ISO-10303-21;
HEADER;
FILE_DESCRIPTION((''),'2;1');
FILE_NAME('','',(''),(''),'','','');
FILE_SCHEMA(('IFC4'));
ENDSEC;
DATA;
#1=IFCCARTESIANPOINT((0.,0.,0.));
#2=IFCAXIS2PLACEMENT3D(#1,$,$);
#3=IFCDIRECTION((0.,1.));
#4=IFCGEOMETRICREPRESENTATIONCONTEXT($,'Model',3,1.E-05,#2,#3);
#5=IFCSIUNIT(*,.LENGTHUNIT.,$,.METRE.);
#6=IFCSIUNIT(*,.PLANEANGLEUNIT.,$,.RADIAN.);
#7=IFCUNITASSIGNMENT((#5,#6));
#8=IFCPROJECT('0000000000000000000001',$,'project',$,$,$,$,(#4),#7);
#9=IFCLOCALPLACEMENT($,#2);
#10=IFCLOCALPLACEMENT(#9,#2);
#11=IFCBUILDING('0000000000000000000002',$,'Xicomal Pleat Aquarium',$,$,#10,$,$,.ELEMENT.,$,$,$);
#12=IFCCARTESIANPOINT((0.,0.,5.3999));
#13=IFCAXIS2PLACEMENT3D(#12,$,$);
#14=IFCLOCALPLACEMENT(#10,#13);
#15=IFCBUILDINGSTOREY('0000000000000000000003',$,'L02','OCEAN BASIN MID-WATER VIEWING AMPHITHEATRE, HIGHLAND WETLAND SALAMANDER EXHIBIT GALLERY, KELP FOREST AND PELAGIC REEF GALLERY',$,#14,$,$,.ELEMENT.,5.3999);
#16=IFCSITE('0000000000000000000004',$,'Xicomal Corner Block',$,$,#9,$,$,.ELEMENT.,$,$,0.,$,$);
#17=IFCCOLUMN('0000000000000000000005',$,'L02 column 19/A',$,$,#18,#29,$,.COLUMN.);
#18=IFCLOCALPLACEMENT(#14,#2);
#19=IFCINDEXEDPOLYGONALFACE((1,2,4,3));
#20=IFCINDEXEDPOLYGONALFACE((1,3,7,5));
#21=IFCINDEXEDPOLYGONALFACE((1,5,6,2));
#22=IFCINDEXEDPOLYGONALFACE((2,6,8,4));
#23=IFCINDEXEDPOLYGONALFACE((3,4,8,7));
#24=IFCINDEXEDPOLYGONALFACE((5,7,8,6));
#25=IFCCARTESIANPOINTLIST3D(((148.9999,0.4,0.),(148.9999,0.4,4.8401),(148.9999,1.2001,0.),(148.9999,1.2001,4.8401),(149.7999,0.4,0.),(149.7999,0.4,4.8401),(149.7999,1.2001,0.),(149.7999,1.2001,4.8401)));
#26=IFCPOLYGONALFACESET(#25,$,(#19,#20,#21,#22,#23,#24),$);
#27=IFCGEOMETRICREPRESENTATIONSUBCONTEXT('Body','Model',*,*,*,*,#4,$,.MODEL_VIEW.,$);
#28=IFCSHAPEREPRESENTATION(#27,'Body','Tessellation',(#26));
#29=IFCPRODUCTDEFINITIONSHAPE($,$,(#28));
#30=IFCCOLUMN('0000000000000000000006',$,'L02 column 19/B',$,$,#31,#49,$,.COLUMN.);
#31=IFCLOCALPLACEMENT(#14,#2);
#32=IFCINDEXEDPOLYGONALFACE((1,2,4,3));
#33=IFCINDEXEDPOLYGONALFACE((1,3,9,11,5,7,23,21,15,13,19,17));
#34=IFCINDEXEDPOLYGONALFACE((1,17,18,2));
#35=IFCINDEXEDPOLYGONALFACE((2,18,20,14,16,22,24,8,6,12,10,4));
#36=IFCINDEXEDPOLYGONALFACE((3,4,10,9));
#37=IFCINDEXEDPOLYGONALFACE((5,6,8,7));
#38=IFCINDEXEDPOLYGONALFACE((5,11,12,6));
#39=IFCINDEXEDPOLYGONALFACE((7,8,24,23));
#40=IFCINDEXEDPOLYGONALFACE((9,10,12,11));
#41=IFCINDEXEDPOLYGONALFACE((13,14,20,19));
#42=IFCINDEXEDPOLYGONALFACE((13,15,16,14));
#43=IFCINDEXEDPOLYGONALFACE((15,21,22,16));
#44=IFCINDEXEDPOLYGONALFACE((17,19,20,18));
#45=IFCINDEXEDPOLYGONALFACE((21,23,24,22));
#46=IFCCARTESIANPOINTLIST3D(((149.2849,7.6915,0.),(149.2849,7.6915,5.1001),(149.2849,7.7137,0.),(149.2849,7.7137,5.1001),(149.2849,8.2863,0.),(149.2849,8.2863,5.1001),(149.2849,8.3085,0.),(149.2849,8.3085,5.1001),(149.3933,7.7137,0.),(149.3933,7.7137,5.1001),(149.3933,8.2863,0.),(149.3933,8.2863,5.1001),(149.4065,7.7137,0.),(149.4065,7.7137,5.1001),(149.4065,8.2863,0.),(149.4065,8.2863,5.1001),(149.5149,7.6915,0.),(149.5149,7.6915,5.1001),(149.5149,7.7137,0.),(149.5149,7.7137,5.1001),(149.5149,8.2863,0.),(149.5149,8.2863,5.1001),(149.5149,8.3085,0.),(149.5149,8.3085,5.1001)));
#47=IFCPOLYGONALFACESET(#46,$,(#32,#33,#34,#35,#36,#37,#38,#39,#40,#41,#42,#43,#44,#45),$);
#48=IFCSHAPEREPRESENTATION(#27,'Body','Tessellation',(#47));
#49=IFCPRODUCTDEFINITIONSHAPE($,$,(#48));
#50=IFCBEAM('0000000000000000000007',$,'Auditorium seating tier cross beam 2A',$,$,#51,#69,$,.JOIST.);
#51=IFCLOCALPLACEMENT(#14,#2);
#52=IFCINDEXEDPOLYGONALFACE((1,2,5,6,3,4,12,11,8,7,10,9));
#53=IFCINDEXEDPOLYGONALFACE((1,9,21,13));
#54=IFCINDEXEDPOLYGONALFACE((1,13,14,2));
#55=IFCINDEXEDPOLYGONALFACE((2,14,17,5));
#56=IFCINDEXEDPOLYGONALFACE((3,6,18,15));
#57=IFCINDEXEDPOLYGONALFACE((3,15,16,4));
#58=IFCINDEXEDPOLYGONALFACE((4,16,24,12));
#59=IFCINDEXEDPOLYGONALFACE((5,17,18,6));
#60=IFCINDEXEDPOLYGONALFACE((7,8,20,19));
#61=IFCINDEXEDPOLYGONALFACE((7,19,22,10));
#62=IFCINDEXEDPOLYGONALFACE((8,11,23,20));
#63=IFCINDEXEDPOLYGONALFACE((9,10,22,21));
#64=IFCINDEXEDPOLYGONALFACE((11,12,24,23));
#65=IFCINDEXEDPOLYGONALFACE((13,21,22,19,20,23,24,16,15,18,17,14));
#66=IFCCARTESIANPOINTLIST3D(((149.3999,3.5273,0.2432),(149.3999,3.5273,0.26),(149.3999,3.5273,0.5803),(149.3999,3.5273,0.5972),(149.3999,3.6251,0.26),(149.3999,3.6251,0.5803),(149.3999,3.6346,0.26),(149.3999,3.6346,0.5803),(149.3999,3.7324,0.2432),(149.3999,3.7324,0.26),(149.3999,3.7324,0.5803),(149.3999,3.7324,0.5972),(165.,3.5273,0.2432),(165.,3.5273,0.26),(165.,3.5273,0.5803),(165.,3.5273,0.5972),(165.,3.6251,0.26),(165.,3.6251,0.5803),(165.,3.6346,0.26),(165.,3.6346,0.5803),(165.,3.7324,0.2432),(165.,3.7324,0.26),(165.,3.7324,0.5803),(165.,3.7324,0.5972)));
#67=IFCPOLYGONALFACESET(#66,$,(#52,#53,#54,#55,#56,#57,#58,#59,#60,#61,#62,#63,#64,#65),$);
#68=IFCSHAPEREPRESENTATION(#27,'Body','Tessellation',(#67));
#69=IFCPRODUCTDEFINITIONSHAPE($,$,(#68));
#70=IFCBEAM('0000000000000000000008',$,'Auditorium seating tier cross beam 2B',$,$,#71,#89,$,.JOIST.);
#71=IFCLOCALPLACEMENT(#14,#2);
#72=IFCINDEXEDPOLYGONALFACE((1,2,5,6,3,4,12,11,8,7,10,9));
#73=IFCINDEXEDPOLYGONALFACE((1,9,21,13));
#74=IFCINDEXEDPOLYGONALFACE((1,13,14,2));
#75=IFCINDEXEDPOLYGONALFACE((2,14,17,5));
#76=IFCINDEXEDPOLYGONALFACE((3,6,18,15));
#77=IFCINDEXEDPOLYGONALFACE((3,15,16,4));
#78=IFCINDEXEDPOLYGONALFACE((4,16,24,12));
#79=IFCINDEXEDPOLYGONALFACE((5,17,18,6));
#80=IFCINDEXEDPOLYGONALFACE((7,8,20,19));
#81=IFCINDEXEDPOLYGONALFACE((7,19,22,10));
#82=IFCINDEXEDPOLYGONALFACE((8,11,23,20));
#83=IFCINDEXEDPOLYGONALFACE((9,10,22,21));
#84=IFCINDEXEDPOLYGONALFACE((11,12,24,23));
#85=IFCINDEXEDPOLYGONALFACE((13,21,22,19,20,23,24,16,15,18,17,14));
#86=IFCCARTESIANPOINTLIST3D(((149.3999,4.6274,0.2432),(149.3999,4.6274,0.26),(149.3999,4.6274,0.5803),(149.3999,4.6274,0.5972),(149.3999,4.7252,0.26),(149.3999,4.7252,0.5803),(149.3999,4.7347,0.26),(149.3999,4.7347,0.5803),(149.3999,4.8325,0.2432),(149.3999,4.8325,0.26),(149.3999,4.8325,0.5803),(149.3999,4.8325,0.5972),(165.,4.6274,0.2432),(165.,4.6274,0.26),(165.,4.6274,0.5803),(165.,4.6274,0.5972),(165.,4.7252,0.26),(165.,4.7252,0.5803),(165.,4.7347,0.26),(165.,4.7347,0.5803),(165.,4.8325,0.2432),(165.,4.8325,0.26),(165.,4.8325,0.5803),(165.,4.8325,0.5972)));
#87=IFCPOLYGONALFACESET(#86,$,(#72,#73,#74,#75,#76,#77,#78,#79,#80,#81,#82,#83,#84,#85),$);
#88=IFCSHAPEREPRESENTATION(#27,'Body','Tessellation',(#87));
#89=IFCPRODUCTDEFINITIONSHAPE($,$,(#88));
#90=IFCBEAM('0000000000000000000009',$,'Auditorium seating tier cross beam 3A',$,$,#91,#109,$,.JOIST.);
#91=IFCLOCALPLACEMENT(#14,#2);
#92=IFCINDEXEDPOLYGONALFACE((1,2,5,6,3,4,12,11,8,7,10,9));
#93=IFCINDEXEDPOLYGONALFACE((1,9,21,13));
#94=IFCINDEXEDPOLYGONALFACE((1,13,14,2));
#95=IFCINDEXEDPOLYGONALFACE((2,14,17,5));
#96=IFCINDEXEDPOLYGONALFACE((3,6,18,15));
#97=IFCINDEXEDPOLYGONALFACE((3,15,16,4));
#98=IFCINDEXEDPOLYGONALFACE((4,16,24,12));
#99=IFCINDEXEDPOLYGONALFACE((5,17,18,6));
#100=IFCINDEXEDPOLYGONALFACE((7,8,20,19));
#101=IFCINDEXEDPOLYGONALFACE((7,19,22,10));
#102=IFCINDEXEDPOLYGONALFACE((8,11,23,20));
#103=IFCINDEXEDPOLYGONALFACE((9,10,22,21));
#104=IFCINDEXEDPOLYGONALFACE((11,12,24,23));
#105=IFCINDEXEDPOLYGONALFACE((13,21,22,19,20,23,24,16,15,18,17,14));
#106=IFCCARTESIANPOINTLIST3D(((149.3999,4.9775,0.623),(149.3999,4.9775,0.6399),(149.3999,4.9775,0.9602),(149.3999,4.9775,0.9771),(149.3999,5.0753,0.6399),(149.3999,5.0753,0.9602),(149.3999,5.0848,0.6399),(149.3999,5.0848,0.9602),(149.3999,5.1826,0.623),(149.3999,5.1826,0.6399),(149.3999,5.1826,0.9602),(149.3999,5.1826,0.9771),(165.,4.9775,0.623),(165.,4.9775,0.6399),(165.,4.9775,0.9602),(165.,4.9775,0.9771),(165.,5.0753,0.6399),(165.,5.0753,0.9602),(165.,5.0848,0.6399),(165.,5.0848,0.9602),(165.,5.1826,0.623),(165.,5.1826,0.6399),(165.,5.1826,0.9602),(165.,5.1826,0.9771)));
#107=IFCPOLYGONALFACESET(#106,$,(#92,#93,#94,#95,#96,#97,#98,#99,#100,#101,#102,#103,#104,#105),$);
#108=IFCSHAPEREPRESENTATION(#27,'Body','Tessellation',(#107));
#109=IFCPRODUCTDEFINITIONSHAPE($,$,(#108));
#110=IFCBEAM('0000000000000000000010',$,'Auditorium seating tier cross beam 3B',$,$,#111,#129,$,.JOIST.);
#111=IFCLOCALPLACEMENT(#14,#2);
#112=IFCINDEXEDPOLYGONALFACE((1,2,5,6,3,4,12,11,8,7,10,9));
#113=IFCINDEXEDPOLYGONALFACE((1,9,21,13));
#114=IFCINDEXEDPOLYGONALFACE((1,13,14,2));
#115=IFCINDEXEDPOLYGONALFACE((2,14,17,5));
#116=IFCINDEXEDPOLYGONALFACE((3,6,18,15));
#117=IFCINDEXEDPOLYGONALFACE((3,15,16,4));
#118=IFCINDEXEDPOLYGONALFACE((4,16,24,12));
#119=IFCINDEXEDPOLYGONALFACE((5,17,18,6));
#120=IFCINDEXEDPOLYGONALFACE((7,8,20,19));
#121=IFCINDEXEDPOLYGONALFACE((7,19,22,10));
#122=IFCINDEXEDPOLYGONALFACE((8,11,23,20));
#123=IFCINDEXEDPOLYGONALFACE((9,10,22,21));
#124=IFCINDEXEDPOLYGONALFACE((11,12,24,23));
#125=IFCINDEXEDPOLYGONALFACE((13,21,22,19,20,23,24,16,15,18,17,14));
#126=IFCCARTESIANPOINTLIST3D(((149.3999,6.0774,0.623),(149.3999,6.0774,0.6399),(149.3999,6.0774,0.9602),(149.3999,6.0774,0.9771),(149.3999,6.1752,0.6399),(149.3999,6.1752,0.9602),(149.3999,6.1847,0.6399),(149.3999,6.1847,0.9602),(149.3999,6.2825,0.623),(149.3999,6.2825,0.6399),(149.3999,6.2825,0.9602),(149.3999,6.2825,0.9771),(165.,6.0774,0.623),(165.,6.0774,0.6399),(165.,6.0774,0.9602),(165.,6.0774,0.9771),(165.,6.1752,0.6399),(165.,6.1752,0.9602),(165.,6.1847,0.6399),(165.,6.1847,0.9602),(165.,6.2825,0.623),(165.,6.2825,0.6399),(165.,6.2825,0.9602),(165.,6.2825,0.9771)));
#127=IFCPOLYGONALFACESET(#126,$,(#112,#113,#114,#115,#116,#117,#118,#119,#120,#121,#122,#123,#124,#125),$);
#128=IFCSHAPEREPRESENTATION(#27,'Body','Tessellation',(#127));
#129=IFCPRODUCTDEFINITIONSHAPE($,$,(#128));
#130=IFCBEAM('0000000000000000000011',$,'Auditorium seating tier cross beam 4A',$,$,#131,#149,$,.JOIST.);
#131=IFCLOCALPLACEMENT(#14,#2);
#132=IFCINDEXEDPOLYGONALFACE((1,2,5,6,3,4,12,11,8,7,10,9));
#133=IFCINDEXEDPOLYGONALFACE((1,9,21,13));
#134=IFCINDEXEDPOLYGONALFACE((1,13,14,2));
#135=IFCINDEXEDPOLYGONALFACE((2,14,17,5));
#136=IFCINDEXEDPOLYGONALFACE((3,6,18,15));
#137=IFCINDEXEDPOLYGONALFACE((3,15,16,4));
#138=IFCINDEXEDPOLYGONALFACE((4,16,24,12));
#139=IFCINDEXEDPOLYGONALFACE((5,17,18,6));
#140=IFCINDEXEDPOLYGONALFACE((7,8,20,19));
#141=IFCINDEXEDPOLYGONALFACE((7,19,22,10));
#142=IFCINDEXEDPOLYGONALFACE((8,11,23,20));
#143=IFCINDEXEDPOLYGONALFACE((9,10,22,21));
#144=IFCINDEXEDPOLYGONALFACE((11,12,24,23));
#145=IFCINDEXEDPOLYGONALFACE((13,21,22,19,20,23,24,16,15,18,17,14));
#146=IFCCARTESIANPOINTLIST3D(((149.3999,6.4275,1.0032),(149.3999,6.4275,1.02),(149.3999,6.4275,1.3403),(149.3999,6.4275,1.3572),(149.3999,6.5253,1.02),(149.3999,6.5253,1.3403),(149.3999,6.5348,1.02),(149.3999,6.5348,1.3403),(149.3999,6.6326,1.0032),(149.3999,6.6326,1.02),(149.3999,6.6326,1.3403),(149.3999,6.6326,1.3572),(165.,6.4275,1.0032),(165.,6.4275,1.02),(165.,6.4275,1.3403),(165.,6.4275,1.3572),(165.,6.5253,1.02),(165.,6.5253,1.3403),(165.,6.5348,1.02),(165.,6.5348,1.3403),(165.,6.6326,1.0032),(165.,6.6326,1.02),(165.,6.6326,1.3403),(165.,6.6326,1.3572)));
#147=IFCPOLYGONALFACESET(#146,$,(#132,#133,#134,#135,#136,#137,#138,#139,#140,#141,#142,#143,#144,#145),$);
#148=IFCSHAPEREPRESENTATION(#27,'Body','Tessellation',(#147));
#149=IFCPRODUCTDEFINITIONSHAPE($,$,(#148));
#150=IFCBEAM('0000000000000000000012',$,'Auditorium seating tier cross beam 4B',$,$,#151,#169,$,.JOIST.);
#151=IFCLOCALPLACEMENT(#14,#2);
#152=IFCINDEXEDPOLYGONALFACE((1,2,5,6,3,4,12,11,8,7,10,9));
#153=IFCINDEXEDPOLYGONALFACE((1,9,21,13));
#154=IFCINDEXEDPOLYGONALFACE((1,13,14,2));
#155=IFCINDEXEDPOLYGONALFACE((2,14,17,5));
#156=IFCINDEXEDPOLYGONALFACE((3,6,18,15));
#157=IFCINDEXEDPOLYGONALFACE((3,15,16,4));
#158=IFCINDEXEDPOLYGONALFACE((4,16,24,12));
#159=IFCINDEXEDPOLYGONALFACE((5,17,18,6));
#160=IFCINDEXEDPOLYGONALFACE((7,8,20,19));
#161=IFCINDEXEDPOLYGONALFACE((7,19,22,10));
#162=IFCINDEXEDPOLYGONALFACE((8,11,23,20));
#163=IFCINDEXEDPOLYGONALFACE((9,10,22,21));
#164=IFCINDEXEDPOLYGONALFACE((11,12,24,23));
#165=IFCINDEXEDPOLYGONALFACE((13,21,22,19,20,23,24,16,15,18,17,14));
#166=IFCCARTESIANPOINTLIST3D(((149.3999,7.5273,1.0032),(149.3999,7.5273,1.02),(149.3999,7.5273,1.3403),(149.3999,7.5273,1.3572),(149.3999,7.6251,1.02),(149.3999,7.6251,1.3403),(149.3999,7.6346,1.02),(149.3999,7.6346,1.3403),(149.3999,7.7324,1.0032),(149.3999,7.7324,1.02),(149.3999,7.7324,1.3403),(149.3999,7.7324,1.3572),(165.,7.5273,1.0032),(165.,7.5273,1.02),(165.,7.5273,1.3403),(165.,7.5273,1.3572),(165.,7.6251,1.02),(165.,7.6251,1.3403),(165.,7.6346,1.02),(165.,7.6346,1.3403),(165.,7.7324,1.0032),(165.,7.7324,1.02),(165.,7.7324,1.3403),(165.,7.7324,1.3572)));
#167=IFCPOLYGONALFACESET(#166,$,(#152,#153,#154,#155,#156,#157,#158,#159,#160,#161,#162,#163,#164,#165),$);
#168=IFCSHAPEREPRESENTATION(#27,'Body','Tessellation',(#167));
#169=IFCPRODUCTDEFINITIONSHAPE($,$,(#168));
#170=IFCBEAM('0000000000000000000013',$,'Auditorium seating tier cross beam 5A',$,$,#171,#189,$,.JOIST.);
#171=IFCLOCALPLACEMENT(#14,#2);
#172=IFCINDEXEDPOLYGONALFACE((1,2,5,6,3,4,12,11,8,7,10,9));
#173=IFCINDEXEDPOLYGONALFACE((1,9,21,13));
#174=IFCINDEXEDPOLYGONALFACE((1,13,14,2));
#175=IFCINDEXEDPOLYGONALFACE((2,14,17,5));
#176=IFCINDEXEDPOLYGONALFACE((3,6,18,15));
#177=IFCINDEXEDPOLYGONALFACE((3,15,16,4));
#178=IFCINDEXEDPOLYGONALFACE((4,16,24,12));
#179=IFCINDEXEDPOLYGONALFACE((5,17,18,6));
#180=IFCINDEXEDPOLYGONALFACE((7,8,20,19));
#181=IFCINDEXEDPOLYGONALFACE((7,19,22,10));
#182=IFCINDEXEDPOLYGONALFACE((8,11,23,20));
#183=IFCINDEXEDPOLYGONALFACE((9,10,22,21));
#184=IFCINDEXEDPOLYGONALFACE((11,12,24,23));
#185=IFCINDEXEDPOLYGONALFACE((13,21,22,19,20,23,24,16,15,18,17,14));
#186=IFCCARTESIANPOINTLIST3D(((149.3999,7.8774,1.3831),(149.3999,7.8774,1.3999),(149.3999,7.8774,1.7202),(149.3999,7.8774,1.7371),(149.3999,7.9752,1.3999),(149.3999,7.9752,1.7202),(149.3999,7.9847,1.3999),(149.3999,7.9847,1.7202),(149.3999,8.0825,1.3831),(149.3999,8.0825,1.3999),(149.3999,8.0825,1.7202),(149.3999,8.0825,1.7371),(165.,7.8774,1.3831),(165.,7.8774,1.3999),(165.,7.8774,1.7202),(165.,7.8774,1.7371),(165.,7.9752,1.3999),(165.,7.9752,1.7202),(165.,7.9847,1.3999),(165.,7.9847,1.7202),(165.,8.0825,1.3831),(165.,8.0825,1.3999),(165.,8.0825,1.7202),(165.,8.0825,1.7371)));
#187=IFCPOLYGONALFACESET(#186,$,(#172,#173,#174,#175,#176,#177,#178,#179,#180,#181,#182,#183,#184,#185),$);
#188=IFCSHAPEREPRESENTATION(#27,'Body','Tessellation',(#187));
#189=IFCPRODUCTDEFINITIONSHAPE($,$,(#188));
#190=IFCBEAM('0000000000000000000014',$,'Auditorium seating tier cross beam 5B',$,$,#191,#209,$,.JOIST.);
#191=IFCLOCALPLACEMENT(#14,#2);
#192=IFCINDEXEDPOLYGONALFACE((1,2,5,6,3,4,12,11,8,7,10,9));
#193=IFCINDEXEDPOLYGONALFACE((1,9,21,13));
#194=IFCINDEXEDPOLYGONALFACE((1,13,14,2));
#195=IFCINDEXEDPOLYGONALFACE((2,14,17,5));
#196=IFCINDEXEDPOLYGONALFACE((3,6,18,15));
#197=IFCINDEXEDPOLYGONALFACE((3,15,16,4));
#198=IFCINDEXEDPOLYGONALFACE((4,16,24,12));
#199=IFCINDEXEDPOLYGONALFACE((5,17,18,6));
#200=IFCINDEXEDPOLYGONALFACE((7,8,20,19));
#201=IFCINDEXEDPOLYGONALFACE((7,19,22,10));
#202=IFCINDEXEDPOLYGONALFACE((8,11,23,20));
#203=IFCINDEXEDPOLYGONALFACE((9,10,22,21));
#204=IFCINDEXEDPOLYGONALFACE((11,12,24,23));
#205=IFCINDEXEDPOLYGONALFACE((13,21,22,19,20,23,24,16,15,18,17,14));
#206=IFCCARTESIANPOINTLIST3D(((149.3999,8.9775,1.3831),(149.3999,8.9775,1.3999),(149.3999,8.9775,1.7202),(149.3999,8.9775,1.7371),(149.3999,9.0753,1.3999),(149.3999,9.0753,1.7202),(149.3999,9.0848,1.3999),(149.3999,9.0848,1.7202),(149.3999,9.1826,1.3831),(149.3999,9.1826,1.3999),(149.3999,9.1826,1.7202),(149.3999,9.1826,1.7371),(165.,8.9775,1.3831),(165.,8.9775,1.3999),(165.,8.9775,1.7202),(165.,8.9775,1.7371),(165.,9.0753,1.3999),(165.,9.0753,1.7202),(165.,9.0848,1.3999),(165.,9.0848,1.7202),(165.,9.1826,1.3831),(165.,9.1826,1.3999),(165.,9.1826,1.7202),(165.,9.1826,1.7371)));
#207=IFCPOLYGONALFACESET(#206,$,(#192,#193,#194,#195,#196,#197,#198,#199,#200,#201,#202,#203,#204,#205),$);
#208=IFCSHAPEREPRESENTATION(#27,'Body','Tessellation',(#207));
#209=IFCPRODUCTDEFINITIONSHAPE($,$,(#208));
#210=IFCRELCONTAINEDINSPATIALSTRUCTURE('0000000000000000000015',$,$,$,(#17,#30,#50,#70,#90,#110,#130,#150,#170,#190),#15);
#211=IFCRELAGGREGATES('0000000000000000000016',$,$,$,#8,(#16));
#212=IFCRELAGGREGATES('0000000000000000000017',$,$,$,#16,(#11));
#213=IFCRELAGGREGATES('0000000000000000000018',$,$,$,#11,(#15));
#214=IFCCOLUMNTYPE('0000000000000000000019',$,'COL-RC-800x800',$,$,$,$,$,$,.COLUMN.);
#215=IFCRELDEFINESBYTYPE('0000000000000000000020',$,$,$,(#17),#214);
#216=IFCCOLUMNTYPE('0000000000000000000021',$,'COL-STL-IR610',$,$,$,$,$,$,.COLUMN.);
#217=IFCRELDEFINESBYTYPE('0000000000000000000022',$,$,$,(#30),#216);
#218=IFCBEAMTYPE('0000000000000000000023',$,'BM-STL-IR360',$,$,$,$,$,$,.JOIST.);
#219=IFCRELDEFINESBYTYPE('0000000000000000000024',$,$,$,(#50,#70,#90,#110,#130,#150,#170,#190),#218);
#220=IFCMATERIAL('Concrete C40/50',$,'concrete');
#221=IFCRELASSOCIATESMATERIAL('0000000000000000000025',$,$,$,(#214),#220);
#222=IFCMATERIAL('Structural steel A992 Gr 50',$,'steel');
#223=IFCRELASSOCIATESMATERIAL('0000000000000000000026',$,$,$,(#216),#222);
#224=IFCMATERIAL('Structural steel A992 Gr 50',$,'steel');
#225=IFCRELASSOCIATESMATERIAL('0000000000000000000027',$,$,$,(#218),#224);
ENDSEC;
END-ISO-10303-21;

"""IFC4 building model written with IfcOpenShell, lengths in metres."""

from ifc_helpers import new_model, si_unit, direction, frame, origin, origin_2d, place, context, subcontext, project, spatial, rectangle, i_section, extrude, material, material_profile, profile_set, type_object, element, save


model = new_model("IFC4")

# Units and contexts
model_context = context("Model", 3, precision=1e-05, world=origin(), true_north=direction((0.0, 1.0)))
body_context = subcontext(model_context, "Body", "Model", "MODEL_VIEW")
ifc_project = project(units=[si_unit("LENGTHUNIT", "METRE"), si_unit("PLANEANGLEUNIT", "RADIAN")], contexts=[model_context])

# Site, building, storey
site_placement = place(None, origin())
site = spatial("IfcSite", under=ifc_project, at=site_placement, Name="Xicomal Corner Block", CompositionType="ELEMENT", RefElevation=0.0)
building_placement = place(site_placement, origin())
building = spatial("IfcBuilding", under=site, at=building_placement, Name="Xicomal Pleat Aquarium", CompositionType="ELEMENT")
storey_placement = place(building_placement, frame((0.0, 0.0, 5.3999)))
storey = spatial("IfcBuildingStorey", under=building, at=storey_placement, Name="L02", Description="OCEAN BASIN MID-WATER VIEWING AMPHITHEATRE, HIGHLAND WETLAND SALAMANDER EXHIBIT GALLERY, KELP FOREST AND PELAGIC REEF GALLERY", CompositionType="ELEMENT", Elevation=5.3999)

# Columns
ifc_material_1 = material(Name="Concrete C40/50", Category="concrete")
ifc_material_profile_1 = material_profile(ifc_material_1, rectangle(XDim=0.8, YDim=0.8, at=origin_2d()), Name="RC 800x800")
ifc_profile_set_1 = profile_set([ifc_material_profile_1], Name="Concrete C40/50")
column_type_1 = type_object("IfcColumnType", Name="COL-RC-800x800", PredefinedType="COLUMN", material=ifc_profile_set_1)
column_1_placement = place(storey_placement, frame((149.3999, 0.8, 0.0), z_axis=(0.0, 0.0, 1.0), x_axis=(1.0, 0.0, 0.0)))
element("IfcColumn", 1, at=column_1_placement, inside=storey, type_object=column_type_1, Name="L02 column 19/A", PredefinedType="COLUMN", context=body_context, shape_type="SweptSolid", body=[
    extrude(rectangle(XDim=0.8, YDim=0.8, at=origin_2d()), origin(), (0.0, 0.0, 1.0), 4.8401),
])
ifc_material_2 = material(Name="Structural steel A992 Gr 50", Category="steel")
ifc_material_profile_2 = material_profile(ifc_material_2, i_section(OverallWidth=0.23, OverallDepth=0.6169, WebThickness=0.0132, FlangeThickness=0.0222, at=origin_2d()), Name="IR 610x140")
ifc_profile_set_2 = profile_set([ifc_material_profile_2], Name="Structural steel A992 Gr 50")
column_type_2 = type_object("IfcColumnType", Name="COL-STL-IR610", PredefinedType="COLUMN", material=ifc_profile_set_2)
column_2_placement = place(storey_placement, frame((149.3999, 8.0, 0.0), z_axis=(0.0, 0.0, 1.0), x_axis=(1.0, 0.0, 0.0)))
element("IfcColumn", 2, at=column_2_placement, inside=storey, type_object=column_type_2, Name="L02 column 19/B", PredefinedType="COLUMN", context=body_context, shape_type="SweptSolid", body=[
    extrude(i_section(OverallWidth=0.23, OverallDepth=0.6169, WebThickness=0.0132, FlangeThickness=0.0222, at=origin_2d()), origin(), (0.0, 0.0, 1.0), 5.1001),
])

# Beams
ifc_material_3 = material(Name="Structural steel A992 Gr 50", Category="steel")
ifc_material_profile_3 = material_profile(ifc_material_3, i_section(OverallWidth=0.2051, OverallDepth=0.354, WebThickness=0.0095, FlangeThickness=0.0168, at=origin_2d()), Name="IR 360x79")
ifc_profile_set_3 = profile_set([ifc_material_profile_3], Name="Structural steel A992 Gr 50")
beam_type_1 = type_object("IfcBeamType", Name="BM-STL-IR360", PredefinedType="JOIST", material=ifc_profile_set_3)
for number, where, z_axis, x_axis, name in (
    (3, (149.3999, 3.6299, 0.4202), (1.0, 0.0, 0.0), (0.0, 1.0, 0.0), "Auditorium seating tier cross beam 2A"),
    (4, (149.3999, 4.73, 0.4202), (1.0, 0.0, 0.0), (0.0, 1.0, 0.0), "Auditorium seating tier cross beam 2B"),
    (5, (149.3999, 5.0801, 0.8), (1.0, 0.0, 0.0), (0.0, 1.0, 0.0), "Auditorium seating tier cross beam 3A"),
    (6, (149.3999, 6.1799, 0.8), (1.0, 0.0, 0.0), (0.0, 1.0, 0.0), "Auditorium seating tier cross beam 3B"),
    (7, (149.3999, 6.53, 1.1802), (1.0, 0.0, 0.0), (0.0, 1.0, 0.0), "Auditorium seating tier cross beam 4A"),
    (8, (149.3999, 7.6299, 1.1802), (1.0, 0.0, 0.0), (0.0, 1.0, 0.0), "Auditorium seating tier cross beam 4B"),
    (9, (149.3999, 7.98, 1.5601), (1.0, 0.0, 0.0), (0.0, 1.0, 0.0), "Auditorium seating tier cross beam 5A"),
    (10, (149.3999, 9.0801, 1.5601), (1.0, 0.0, 0.0), (0.0, 1.0, 0.0), "Auditorium seating tier cross beam 5B"),
):
    element("IfcBeam", number, at=place(storey_placement, frame(where, z_axis=z_axis, x_axis=x_axis)), inside=storey, type_object=beam_type_1, Name=name, PredefinedType="JOIST", context=body_context, shape_type="SweptSolid", body=[
        extrude(i_section(OverallWidth=0.2051, OverallDepth=0.354, WebThickness=0.0095, FlangeThickness=0.0168, at=origin_2d()), origin(), (0.0, 0.0, 1.0), 15.6001),
    ])

save(model, "model.ifc")
